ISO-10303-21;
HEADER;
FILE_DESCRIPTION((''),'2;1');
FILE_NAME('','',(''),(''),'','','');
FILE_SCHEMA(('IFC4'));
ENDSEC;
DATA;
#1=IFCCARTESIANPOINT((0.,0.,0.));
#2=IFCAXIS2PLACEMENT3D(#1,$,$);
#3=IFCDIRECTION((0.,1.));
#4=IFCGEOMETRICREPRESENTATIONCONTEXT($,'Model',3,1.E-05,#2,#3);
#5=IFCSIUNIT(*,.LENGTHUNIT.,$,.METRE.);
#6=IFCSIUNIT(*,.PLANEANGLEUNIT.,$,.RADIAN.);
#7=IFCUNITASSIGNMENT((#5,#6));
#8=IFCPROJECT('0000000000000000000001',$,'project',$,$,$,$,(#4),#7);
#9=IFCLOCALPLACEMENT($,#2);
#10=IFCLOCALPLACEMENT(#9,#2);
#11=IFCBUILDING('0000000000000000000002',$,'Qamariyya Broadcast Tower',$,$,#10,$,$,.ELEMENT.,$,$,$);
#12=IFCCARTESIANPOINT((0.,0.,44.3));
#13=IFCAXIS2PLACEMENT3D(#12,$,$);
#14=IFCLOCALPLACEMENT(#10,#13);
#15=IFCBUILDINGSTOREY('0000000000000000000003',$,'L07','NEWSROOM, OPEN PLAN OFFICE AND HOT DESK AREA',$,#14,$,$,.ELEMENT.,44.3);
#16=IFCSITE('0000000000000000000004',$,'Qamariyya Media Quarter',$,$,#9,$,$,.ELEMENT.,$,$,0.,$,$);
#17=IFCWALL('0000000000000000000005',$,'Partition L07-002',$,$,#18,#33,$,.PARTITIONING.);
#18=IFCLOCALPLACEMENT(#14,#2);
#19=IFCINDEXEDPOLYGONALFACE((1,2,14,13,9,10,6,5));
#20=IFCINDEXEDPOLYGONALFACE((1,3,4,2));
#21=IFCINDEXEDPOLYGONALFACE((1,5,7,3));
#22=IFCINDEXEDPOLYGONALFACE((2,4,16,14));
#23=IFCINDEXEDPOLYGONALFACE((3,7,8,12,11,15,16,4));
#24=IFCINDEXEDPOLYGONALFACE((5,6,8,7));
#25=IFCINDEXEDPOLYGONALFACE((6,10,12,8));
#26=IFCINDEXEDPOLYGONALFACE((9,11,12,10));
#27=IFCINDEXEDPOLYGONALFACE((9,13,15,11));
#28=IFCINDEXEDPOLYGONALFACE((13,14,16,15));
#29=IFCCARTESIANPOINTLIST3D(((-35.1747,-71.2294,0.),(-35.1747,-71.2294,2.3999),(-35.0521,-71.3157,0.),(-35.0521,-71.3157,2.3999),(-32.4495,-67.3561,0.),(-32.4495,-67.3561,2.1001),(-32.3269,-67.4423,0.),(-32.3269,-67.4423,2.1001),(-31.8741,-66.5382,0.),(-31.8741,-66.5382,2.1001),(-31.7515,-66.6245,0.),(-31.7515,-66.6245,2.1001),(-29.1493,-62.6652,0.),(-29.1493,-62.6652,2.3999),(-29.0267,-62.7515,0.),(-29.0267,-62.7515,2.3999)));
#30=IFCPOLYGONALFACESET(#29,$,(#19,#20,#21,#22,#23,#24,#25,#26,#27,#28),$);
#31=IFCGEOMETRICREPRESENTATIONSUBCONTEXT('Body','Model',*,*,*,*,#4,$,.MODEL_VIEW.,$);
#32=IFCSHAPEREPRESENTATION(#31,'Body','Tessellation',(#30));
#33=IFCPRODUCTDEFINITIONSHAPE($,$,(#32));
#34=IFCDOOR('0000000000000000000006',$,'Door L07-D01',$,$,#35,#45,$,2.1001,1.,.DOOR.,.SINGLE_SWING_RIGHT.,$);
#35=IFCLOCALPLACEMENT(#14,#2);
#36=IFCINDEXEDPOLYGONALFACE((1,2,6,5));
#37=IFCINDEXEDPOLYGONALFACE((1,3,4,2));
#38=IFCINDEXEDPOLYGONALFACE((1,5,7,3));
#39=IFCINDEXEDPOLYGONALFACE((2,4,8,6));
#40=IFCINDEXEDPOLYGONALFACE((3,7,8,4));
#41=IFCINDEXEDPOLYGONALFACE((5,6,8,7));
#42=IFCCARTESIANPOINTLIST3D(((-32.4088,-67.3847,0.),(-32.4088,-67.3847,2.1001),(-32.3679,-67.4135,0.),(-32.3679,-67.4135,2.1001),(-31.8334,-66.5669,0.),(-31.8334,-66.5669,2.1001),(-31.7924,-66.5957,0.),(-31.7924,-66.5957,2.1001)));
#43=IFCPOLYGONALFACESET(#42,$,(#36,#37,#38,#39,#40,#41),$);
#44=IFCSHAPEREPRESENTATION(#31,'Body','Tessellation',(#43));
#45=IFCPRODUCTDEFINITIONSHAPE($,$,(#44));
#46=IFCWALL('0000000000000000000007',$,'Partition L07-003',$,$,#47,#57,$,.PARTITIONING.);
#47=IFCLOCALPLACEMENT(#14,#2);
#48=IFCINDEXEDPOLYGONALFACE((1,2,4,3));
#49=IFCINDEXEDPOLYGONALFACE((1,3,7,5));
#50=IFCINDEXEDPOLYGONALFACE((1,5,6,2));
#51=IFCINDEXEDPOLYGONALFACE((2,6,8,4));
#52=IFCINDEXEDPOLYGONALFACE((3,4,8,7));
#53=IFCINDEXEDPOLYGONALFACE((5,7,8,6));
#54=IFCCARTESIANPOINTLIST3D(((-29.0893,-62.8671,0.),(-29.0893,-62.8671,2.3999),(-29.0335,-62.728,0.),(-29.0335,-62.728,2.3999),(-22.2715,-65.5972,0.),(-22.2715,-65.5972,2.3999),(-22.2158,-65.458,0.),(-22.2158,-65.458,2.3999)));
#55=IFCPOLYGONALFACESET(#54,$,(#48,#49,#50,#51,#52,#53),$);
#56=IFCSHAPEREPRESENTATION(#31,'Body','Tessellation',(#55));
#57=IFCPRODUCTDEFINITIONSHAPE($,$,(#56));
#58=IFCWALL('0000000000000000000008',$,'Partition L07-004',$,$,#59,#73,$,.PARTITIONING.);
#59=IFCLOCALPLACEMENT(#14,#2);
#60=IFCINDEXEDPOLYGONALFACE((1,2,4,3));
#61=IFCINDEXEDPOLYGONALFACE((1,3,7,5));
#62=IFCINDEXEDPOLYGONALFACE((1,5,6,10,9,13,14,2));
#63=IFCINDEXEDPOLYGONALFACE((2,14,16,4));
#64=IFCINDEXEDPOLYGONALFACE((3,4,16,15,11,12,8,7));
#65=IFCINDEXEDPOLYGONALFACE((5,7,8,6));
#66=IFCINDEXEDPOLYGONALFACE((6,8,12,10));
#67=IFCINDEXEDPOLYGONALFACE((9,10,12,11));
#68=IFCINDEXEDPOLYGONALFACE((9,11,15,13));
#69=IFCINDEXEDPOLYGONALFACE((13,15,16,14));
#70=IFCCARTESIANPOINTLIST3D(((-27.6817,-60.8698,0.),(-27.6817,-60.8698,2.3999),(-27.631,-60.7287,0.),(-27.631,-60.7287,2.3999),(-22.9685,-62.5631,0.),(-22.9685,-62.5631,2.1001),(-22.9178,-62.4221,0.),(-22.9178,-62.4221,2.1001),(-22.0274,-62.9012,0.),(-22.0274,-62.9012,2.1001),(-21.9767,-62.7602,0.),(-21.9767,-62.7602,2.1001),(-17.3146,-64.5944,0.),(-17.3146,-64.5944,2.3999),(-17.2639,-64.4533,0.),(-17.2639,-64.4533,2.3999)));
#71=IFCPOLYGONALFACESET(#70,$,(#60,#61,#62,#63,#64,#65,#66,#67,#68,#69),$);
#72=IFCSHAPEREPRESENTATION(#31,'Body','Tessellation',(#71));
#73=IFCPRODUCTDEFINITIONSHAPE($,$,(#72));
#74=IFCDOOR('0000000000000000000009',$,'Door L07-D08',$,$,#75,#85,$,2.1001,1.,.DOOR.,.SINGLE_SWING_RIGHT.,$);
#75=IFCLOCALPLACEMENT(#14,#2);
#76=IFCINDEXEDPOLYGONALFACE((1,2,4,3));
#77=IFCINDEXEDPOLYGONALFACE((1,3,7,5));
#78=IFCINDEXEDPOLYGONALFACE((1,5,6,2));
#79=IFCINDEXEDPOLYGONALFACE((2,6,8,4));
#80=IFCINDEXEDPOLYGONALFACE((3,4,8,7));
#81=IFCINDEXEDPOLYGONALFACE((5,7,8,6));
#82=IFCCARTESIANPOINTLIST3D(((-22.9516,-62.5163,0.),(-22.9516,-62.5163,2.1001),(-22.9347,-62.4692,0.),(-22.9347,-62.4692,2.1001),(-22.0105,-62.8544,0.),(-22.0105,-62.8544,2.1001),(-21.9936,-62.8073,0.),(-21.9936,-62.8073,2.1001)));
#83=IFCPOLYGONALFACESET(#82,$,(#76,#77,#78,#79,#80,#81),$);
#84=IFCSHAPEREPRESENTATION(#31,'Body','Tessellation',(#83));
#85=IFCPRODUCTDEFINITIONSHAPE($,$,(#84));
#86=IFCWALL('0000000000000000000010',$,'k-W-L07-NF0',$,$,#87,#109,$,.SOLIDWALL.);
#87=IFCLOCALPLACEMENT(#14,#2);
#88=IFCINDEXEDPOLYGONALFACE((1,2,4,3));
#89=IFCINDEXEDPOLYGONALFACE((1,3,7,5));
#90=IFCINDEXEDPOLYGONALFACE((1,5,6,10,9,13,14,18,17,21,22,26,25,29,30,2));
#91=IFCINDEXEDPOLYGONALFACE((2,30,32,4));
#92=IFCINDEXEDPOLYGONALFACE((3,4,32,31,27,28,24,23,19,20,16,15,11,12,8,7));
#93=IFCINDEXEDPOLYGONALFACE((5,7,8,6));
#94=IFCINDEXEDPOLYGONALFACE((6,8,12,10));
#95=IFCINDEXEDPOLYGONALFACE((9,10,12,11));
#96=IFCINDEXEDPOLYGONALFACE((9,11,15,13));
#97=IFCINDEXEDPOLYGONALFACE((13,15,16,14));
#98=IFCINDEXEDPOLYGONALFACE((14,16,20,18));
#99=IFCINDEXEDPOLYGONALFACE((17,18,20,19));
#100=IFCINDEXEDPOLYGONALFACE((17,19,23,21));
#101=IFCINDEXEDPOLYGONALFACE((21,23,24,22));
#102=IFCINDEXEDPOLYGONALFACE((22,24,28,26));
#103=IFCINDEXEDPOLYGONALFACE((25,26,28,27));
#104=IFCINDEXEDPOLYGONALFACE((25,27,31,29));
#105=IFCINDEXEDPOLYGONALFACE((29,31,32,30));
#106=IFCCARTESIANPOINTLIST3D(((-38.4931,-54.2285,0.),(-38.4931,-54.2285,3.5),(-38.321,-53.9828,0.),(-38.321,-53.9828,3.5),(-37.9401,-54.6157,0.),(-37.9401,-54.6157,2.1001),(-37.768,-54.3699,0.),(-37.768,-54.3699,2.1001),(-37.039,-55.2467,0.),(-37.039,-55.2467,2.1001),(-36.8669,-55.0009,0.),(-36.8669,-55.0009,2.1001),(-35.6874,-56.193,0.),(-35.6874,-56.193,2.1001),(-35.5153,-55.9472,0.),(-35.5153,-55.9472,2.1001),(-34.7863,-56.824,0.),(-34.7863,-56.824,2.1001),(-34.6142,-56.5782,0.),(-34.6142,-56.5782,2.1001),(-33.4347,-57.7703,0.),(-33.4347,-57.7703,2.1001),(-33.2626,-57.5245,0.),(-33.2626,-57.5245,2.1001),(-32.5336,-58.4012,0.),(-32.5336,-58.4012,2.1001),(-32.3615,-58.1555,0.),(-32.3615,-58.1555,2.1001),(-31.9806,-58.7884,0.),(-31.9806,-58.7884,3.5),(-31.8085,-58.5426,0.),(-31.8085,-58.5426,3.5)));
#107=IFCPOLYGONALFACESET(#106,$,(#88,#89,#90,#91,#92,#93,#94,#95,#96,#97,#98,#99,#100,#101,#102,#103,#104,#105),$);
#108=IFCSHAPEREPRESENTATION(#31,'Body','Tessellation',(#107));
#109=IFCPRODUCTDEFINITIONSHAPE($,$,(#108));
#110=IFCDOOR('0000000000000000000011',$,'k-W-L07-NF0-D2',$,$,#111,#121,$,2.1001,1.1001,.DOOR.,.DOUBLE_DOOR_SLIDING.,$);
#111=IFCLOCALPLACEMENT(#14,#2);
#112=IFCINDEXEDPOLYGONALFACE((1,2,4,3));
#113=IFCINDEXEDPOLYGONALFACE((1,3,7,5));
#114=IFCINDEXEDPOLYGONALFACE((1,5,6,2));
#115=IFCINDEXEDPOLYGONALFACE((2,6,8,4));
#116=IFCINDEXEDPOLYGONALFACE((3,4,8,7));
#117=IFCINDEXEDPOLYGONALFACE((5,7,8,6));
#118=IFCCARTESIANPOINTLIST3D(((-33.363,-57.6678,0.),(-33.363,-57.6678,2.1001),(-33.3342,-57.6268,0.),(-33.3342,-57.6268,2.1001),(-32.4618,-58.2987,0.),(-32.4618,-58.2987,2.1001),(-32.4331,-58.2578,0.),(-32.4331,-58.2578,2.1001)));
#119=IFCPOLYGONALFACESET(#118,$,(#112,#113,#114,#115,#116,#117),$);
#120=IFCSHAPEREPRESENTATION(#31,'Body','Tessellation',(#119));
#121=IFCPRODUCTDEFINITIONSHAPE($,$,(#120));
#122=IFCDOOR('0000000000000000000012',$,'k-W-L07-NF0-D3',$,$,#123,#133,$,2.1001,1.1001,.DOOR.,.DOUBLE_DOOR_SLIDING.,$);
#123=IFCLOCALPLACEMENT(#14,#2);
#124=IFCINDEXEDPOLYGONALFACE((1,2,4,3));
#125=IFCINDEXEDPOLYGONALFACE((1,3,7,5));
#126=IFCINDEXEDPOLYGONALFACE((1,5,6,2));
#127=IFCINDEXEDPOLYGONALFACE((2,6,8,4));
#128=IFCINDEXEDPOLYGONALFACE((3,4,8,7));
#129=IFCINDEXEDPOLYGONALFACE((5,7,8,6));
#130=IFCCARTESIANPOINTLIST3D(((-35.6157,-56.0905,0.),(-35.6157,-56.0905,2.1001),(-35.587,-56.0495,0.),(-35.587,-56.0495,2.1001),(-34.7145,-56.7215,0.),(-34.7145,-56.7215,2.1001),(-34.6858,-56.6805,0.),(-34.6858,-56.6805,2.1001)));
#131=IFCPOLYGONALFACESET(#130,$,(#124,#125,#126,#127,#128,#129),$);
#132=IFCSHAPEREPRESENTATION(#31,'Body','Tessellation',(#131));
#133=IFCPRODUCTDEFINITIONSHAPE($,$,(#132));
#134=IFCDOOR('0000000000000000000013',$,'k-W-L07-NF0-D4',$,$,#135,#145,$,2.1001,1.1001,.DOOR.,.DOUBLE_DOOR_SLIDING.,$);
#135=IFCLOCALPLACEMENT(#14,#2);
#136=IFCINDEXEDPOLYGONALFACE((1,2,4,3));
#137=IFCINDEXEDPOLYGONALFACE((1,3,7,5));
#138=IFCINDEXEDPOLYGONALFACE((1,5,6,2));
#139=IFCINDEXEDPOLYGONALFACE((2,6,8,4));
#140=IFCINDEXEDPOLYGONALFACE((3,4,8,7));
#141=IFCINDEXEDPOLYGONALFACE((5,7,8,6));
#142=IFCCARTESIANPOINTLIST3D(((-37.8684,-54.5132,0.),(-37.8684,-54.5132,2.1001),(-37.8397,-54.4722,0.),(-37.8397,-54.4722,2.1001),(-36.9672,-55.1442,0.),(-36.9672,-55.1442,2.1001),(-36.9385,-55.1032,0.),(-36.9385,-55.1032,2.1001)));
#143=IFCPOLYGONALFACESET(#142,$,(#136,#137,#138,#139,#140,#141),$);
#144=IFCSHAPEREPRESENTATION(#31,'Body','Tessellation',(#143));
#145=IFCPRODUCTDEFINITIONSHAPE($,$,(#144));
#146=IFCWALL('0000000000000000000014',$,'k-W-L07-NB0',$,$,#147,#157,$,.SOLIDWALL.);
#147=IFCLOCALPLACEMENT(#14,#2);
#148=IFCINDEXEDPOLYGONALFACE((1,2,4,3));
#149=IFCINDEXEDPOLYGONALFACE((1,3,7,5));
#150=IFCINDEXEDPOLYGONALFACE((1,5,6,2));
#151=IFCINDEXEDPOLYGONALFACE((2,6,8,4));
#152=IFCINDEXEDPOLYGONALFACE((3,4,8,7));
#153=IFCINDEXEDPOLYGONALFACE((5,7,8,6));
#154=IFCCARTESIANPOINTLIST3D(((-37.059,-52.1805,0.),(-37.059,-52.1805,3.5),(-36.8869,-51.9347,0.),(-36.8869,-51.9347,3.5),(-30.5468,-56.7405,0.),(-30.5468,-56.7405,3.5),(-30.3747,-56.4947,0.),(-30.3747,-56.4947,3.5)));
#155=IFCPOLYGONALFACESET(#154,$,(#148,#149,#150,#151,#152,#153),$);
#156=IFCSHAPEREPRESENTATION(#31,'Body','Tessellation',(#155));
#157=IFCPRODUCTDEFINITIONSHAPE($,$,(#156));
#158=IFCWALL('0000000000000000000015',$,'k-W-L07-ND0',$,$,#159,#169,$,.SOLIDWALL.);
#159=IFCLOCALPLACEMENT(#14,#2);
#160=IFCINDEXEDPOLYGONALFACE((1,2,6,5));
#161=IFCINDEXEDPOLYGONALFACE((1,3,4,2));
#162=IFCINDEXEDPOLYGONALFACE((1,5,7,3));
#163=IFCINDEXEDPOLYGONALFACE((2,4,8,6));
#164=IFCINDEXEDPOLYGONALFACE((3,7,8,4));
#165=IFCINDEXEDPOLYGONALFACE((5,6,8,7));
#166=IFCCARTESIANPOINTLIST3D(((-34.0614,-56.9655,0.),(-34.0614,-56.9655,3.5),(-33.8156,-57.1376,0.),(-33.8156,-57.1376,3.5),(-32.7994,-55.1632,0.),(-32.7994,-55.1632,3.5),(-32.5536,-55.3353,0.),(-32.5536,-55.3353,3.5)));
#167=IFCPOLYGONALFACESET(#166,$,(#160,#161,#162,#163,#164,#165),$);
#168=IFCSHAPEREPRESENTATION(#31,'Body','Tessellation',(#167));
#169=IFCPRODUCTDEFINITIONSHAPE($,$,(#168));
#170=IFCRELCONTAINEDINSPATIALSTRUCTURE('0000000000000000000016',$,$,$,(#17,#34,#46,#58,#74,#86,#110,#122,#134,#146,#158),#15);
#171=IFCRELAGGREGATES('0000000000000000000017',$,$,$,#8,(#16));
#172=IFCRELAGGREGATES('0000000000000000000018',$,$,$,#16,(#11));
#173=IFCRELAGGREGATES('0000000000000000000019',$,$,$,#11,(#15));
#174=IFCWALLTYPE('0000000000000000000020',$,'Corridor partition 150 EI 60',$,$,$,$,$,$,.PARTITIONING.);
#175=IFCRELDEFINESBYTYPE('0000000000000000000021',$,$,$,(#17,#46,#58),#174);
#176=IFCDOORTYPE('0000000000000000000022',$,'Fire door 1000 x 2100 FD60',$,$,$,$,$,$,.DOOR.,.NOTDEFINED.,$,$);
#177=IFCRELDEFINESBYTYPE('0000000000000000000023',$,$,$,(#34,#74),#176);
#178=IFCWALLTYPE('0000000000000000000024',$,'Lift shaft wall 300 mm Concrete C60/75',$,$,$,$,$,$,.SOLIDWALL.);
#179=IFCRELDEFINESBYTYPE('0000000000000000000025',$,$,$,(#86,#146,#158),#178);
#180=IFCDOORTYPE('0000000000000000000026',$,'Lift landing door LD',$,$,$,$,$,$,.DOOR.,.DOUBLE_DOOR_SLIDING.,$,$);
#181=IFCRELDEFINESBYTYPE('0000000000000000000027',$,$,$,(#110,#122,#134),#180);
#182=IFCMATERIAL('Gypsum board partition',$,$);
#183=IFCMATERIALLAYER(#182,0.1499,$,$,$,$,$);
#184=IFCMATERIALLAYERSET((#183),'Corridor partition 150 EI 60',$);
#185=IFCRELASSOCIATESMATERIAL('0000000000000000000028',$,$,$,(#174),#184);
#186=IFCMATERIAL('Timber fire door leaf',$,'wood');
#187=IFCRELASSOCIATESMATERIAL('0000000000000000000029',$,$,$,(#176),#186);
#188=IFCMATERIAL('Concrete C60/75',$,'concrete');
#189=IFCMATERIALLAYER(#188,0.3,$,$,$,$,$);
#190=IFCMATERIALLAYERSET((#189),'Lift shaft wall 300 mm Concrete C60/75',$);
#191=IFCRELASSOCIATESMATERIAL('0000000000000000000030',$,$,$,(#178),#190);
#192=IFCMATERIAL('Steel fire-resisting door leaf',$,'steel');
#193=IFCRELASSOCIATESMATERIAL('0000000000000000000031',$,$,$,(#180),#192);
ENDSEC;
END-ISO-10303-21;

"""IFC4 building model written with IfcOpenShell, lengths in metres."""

from ifc_helpers import new_model, si_unit, direction, frame, frame_2d, origin, place, context, subcontext, project, spatial, rectangle, extrude, material, layer, layer_set, type_object, element, fill, save


model = new_model("IFC4")

# Units and contexts
model_context = context("Model", 3, precision=1e-05, world=origin(), true_north=direction((0.0, 1.0)))
body_context = subcontext(model_context, "Body", "Model", "MODEL_VIEW")
ifc_project = project(units=[si_unit("LENGTHUNIT", "METRE"), si_unit("PLANEANGLEUNIT", "RADIAN")], contexts=[model_context])

# Site, building, storey
site_placement = place(None, origin())
site = spatial("IfcSite", under=ifc_project, at=site_placement, Name="Qamariyya Media Quarter", CompositionType="ELEMENT", RefElevation=0.0)
building_placement = place(site_placement, origin())
building = spatial("IfcBuilding", under=site, at=building_placement, Name="Qamariyya Broadcast Tower", CompositionType="ELEMENT")
storey_placement = place(building_placement, frame((0.0, 0.0, 44.3)))
storey = spatial("IfcBuildingStorey", under=building, at=storey_placement, Name="L07", Description="NEWSROOM, OPEN PLAN OFFICE AND HOT DESK AREA", CompositionType="ELEMENT", Elevation=44.3)

# Shared definitions
ifc_material_1 = material(Name="Steel fire-resisting door leaf", Category="steel")

# Wall, opening, door
ifc_material_2 = material(Name="Gypsum board partition")
ifc_layer_1 = layer(ifc_material_2, 0.1499)
ifc_layer_set_1 = layer_set([ifc_layer_1], Name="Corridor partition 150 EI 60")
wall_type_1 = type_object("IfcWallType", Name="Corridor partition 150 EI 60", PredefinedType="PARTITIONING", material=ifc_layer_set_1)
wall_1_placement = place(storey_placement, frame((-29.0879, -62.7083, 0.0), z_axis=(0.0, 0.0, 1.0), x_axis=(-0.575412, -0.817864, 0.0)))
wall_1 = element("IfcWall", 1, at=wall_1_placement, inside=storey, type_object=wall_type_1, Name="Partition L07-002", PredefinedType="PARTITIONING", context=body_context, shape_type="SweptSolid", body=[
    extrude(rectangle(XDim=10.4714, YDim=0.1499, at=frame_2d((5.2358, 0.0))), origin(), (0.0, 0.0, 1.0), 2.3999),
])
opening_1_placement = place(wall_1_placement, frame((4.7356, 0.0, 0.0)))
opening_1 = element("IfcOpeningElement", 2, at=opening_1_placement, cuts=wall_1, PredefinedType="OPENING", context=body_context, shape_type="SweptSolid", body=[
    extrude(rectangle(XDim=1.0, YDim=2.1001, at=frame_2d((0.5, 1.05))), frame((0.0, 0.085, 0.0), z_axis=(0.0, -1.0, 0.0), x_axis=(1.0, 0.0, 0.0)), (0.0, 0.0, 1.0), 0.1699),
])
ifc_material_3 = material(Name="Timber fire door leaf", Category="wood")
door_type_1 = type_object("IfcDoorType", Name="Fire door 1000 x 2100 FD60", OperationType="NOTDEFINED", PredefinedType="DOOR", material=ifc_material_3)
door_1_placement = place(opening_1_placement, origin())
door_1 = element("IfcDoor", 3, at=door_1_placement, inside=storey, type_object=door_type_1, Name="Door L07-D01", OperationType="SINGLE_SWING_RIGHT", OverallHeight=2.1001, OverallWidth=1.0, PredefinedType="DOOR", context=body_context, shape_type="SweptSolid", body=[
    extrude(rectangle(XDim=1.0, YDim=2.1001, at=frame_2d((0.5, 1.05))), frame((0.0, 0.0249, 0.0), z_axis=(0.0, -1.0, 0.0), x_axis=(1.0, 0.0, 0.0)), (0.0, 0.0, 1.0), 0.05),
])
fill(opening_1, door_1)

# Wall
wall_2_placement = place(storey_placement, frame((-29.0613, -62.7976, 0.0), z_axis=(0.0, 0.0, 1.0), x_axis=(0.928339, -0.371735, 0.0)))
element("IfcWall", 4, at=wall_2_placement, inside=storey, type_object=wall_type_1, Name="Partition L07-003", PredefinedType="PARTITIONING", context=body_context, shape_type="SweptSolid", body=[
    extrude(rectangle(XDim=7.344, YDim=0.1499, at=frame_2d((3.6719, 0.0))), origin(), (0.0, 0.0, 1.0), 2.3999),
])

# Wall, opening, door
wall_3_placement = place(storey_placement, frame((-27.6562, -60.7993, 0.0), z_axis=(0.0, 0.0, 1.0), x_axis=(0.941106, -0.33811, 0.0)))
wall_3 = element("IfcWall", 5, at=wall_3_placement, inside=storey, type_object=wall_type_1, Name="Partition L07-004", PredefinedType="PARTITIONING", context=body_context, shape_type="SweptSolid", body=[
    extrude(rectangle(XDim=11.0159, YDim=0.1499, at=frame_2d((5.5078, 0.0))), origin(), (0.0, 0.0, 1.0), 2.3999),
])
opening_2_placement = place(wall_3_placement, frame((5.0081, 0.0, 0.0)))
opening_2 = element("IfcOpeningElement", 6, at=opening_2_placement, cuts=wall_3, PredefinedType="OPENING", context=body_context, shape_type="SweptSolid", body=[
    extrude(rectangle(XDim=1.0, YDim=2.1001, at=frame_2d((0.5, 1.05))), frame((0.0, 0.085, 0.0), z_axis=(0.0, -1.0, 0.0), x_axis=(1.0, 0.0, 0.0)), (0.0, 0.0, 1.0), 0.1699),
])
door_2_placement = place(opening_2_placement, origin())
door_2 = element("IfcDoor", 7, at=door_2_placement, inside=storey, type_object=door_type_1, Name="Door L07-D08", OperationType="SINGLE_SWING_RIGHT", OverallHeight=2.1001, OverallWidth=1.0, PredefinedType="DOOR", context=body_context, shape_type="SweptSolid", body=[
    extrude(rectangle(XDim=1.0, YDim=2.1001, at=frame_2d((0.5, 1.05))), frame((0.0, 0.0249, 0.0), z_axis=(0.0, -1.0, 0.0), x_axis=(1.0, 0.0, 0.0)), (0.0, 0.0, 1.0), 0.05),
])
fill(opening_2, door_2)

# Wall, openings, doors
ifc_material_4 = material(Name="Concrete C60/75", Category="concrete")
ifc_layer_2 = layer(ifc_material_4, 0.3)
ifc_layer_set_2 = layer_set([ifc_layer_2], Name="Lift shaft wall 300 mm Concrete C60/75")
wall_type_2 = type_object("IfcWallType", Name="Lift shaft wall 300 mm Concrete C60/75", PredefinedType="SOLIDWALL", material=ifc_layer_set_2)
wall_4_placement = place(storey_placement, frame((-31.8945, -58.6655, 0.0), z_axis=(0.0, 0.0, 1.0), x_axis=(-0.819167, 0.573555, 0.0)))
wall_4 = element("IfcWall", 8, at=wall_4_placement, inside=storey, type_object=wall_type_2, Name="k-W-L07-NF0", PredefinedType="SOLIDWALL", context=body_context, shape_type="SweptSolid", body=[
    extrude(rectangle(XDim=7.9502, YDim=0.3, at=frame_2d((3.9751, 0.0))), origin(), (0.0, 0.0, 1.0), 3.5),
])
opening_3_placement = place(wall_4_placement, frame((0.675, 0.0, 0.0)))
opening_3 = element("IfcOpeningElement", 9, at=opening_3_placement, cuts=wall_4, PredefinedType="OPENING", context=body_context, shape_type="SweptSolid", body=[
    extrude(rectangle(XDim=1.1001, YDim=2.1001, at=frame_2d((0.55, 1.05))), frame((0.0, 0.1599, 0.0), z_axis=(0.0, -1.0, 0.0), x_axis=(1.0, 0.0, 0.0)), (0.0, 0.0, 1.0), 0.3201),
])
opening_4_placement = place(wall_4_placement, frame((3.425, 0.0, 0.0)))
opening_4 = element("IfcOpeningElement", 10, at=opening_4_placement, cuts=wall_4, PredefinedType="OPENING", context=body_context, shape_type="SweptSolid", body=[
    extrude(rectangle(XDim=1.1001, YDim=2.1001, at=frame_2d((0.55, 1.05))), frame((0.0, 0.1599, 0.0), z_axis=(0.0, -1.0, 0.0), x_axis=(1.0, 0.0, 0.0)), (0.0, 0.0, 1.0), 0.3201),
])
opening_5_placement = place(wall_4_placement, frame((6.175, 0.0, 0.0)))
opening_5 = element("IfcOpeningElement", 11, at=opening_5_placement, cuts=wall_4, PredefinedType="OPENING", context=body_context, shape_type="SweptSolid", body=[
    extrude(rectangle(XDim=1.1001, YDim=2.1001, at=frame_2d((0.55, 1.05))), frame((0.0, 0.1599, 0.0), z_axis=(0.0, -1.0, 0.0), x_axis=(1.0, 0.0, 0.0)), (0.0, 0.0, 1.0), 0.3201),
])
door_type_2 = type_object("IfcDoorType", Name="Lift landing door LD", OperationType="DOUBLE_DOOR_SLIDING", PredefinedType="DOOR", material=ifc_material_1)
door_3_placement = place(opening_3_placement, origin())
door_3 = element("IfcDoor", 12, at=door_3_placement, inside=storey, type_object=door_type_2, Name="k-W-L07-NF0-D2", OperationType="DOUBLE_DOOR_SLIDING", OverallHeight=2.1001, OverallWidth=1.1001, PredefinedType="DOOR", context=body_context, shape_type="SweptSolid", body=[
    extrude(rectangle(XDim=1.1001, YDim=2.1001, at=frame_2d((0.55, 1.05))), frame((0.0, 0.0249, 0.0), z_axis=(0.0, -1.0, 0.0), x_axis=(1.0, 0.0, 0.0)), (0.0, 0.0, 1.0), 0.05),
])
fill(opening_3, door_3)
door_4_placement = place(opening_4_placement, origin())
door_4 = element("IfcDoor", 13, at=door_4_placement, inside=storey, type_object=door_type_2, Name="k-W-L07-NF0-D3", OperationType="DOUBLE_DOOR_SLIDING", OverallHeight=2.1001, OverallWidth=1.1001, PredefinedType="DOOR", context=body_context, shape_type="SweptSolid", body=[
    extrude(rectangle(XDim=1.1001, YDim=2.1001, at=frame_2d((0.55, 1.05))), frame((0.0, 0.0249, 0.0), z_axis=(0.0, -1.0, 0.0), x_axis=(1.0, 0.0, 0.0)), (0.0, 0.0, 1.0), 0.05),
])
fill(opening_4, door_4)
door_5_placement = place(opening_5_placement, origin())
door_5 = element("IfcDoor", 14, at=door_5_placement, inside=storey, type_object=door_type_2, Name="k-W-L07-NF0-D4", OperationType="DOUBLE_DOOR_SLIDING", OverallHeight=2.1001, OverallWidth=1.1001, PredefinedType="DOOR", context=body_context, shape_type="SweptSolid", body=[
    extrude(rectangle(XDim=1.1001, YDim=2.1001, at=frame_2d((0.55, 1.05))), frame((0.0, 0.0249, 0.0), z_axis=(0.0, -1.0, 0.0), x_axis=(1.0, 0.0, 0.0)), (0.0, 0.0, 1.0), 0.05),
])
fill(opening_5, door_5)

# Walls
wall_5_placement = place(storey_placement, frame((-30.4607, -56.6177, 0.0), z_axis=(0.0, 0.0, 1.0), x_axis=(-0.819142, 0.57359, 0.0)))
element("IfcWall", 15, at=wall_5_placement, inside=storey, type_object=wall_type_2, Name="k-W-L07-NB0", PredefinedType="SOLIDWALL", context=body_context, shape_type="SweptSolid", body=[
    extrude(rectangle(XDim=7.95, YDim=0.3, at=frame_2d((3.9751, 0.0))), origin(), (0.0, 0.0, 1.0), 3.5),
])
wall_6_placement = place(storey_placement, frame((-33.9385, -57.0515, 0.0), z_axis=(0.0, 0.0, 1.0), x_axis=(0.573581, 0.819149, 0.0)))
element("IfcWall", 16, at=wall_6_placement, inside=storey, type_object=wall_type_2, Name="k-W-L07-ND0", PredefinedType="SOLIDWALL", context=body_context, shape_type="SweptSolid", body=[
    extrude(rectangle(XDim=2.2002, YDim=0.3, at=frame_2d((1.1001, 0.0))), origin(), (0.0, 0.0, 1.0), 3.5),
])

save(model, "model.ifc")
